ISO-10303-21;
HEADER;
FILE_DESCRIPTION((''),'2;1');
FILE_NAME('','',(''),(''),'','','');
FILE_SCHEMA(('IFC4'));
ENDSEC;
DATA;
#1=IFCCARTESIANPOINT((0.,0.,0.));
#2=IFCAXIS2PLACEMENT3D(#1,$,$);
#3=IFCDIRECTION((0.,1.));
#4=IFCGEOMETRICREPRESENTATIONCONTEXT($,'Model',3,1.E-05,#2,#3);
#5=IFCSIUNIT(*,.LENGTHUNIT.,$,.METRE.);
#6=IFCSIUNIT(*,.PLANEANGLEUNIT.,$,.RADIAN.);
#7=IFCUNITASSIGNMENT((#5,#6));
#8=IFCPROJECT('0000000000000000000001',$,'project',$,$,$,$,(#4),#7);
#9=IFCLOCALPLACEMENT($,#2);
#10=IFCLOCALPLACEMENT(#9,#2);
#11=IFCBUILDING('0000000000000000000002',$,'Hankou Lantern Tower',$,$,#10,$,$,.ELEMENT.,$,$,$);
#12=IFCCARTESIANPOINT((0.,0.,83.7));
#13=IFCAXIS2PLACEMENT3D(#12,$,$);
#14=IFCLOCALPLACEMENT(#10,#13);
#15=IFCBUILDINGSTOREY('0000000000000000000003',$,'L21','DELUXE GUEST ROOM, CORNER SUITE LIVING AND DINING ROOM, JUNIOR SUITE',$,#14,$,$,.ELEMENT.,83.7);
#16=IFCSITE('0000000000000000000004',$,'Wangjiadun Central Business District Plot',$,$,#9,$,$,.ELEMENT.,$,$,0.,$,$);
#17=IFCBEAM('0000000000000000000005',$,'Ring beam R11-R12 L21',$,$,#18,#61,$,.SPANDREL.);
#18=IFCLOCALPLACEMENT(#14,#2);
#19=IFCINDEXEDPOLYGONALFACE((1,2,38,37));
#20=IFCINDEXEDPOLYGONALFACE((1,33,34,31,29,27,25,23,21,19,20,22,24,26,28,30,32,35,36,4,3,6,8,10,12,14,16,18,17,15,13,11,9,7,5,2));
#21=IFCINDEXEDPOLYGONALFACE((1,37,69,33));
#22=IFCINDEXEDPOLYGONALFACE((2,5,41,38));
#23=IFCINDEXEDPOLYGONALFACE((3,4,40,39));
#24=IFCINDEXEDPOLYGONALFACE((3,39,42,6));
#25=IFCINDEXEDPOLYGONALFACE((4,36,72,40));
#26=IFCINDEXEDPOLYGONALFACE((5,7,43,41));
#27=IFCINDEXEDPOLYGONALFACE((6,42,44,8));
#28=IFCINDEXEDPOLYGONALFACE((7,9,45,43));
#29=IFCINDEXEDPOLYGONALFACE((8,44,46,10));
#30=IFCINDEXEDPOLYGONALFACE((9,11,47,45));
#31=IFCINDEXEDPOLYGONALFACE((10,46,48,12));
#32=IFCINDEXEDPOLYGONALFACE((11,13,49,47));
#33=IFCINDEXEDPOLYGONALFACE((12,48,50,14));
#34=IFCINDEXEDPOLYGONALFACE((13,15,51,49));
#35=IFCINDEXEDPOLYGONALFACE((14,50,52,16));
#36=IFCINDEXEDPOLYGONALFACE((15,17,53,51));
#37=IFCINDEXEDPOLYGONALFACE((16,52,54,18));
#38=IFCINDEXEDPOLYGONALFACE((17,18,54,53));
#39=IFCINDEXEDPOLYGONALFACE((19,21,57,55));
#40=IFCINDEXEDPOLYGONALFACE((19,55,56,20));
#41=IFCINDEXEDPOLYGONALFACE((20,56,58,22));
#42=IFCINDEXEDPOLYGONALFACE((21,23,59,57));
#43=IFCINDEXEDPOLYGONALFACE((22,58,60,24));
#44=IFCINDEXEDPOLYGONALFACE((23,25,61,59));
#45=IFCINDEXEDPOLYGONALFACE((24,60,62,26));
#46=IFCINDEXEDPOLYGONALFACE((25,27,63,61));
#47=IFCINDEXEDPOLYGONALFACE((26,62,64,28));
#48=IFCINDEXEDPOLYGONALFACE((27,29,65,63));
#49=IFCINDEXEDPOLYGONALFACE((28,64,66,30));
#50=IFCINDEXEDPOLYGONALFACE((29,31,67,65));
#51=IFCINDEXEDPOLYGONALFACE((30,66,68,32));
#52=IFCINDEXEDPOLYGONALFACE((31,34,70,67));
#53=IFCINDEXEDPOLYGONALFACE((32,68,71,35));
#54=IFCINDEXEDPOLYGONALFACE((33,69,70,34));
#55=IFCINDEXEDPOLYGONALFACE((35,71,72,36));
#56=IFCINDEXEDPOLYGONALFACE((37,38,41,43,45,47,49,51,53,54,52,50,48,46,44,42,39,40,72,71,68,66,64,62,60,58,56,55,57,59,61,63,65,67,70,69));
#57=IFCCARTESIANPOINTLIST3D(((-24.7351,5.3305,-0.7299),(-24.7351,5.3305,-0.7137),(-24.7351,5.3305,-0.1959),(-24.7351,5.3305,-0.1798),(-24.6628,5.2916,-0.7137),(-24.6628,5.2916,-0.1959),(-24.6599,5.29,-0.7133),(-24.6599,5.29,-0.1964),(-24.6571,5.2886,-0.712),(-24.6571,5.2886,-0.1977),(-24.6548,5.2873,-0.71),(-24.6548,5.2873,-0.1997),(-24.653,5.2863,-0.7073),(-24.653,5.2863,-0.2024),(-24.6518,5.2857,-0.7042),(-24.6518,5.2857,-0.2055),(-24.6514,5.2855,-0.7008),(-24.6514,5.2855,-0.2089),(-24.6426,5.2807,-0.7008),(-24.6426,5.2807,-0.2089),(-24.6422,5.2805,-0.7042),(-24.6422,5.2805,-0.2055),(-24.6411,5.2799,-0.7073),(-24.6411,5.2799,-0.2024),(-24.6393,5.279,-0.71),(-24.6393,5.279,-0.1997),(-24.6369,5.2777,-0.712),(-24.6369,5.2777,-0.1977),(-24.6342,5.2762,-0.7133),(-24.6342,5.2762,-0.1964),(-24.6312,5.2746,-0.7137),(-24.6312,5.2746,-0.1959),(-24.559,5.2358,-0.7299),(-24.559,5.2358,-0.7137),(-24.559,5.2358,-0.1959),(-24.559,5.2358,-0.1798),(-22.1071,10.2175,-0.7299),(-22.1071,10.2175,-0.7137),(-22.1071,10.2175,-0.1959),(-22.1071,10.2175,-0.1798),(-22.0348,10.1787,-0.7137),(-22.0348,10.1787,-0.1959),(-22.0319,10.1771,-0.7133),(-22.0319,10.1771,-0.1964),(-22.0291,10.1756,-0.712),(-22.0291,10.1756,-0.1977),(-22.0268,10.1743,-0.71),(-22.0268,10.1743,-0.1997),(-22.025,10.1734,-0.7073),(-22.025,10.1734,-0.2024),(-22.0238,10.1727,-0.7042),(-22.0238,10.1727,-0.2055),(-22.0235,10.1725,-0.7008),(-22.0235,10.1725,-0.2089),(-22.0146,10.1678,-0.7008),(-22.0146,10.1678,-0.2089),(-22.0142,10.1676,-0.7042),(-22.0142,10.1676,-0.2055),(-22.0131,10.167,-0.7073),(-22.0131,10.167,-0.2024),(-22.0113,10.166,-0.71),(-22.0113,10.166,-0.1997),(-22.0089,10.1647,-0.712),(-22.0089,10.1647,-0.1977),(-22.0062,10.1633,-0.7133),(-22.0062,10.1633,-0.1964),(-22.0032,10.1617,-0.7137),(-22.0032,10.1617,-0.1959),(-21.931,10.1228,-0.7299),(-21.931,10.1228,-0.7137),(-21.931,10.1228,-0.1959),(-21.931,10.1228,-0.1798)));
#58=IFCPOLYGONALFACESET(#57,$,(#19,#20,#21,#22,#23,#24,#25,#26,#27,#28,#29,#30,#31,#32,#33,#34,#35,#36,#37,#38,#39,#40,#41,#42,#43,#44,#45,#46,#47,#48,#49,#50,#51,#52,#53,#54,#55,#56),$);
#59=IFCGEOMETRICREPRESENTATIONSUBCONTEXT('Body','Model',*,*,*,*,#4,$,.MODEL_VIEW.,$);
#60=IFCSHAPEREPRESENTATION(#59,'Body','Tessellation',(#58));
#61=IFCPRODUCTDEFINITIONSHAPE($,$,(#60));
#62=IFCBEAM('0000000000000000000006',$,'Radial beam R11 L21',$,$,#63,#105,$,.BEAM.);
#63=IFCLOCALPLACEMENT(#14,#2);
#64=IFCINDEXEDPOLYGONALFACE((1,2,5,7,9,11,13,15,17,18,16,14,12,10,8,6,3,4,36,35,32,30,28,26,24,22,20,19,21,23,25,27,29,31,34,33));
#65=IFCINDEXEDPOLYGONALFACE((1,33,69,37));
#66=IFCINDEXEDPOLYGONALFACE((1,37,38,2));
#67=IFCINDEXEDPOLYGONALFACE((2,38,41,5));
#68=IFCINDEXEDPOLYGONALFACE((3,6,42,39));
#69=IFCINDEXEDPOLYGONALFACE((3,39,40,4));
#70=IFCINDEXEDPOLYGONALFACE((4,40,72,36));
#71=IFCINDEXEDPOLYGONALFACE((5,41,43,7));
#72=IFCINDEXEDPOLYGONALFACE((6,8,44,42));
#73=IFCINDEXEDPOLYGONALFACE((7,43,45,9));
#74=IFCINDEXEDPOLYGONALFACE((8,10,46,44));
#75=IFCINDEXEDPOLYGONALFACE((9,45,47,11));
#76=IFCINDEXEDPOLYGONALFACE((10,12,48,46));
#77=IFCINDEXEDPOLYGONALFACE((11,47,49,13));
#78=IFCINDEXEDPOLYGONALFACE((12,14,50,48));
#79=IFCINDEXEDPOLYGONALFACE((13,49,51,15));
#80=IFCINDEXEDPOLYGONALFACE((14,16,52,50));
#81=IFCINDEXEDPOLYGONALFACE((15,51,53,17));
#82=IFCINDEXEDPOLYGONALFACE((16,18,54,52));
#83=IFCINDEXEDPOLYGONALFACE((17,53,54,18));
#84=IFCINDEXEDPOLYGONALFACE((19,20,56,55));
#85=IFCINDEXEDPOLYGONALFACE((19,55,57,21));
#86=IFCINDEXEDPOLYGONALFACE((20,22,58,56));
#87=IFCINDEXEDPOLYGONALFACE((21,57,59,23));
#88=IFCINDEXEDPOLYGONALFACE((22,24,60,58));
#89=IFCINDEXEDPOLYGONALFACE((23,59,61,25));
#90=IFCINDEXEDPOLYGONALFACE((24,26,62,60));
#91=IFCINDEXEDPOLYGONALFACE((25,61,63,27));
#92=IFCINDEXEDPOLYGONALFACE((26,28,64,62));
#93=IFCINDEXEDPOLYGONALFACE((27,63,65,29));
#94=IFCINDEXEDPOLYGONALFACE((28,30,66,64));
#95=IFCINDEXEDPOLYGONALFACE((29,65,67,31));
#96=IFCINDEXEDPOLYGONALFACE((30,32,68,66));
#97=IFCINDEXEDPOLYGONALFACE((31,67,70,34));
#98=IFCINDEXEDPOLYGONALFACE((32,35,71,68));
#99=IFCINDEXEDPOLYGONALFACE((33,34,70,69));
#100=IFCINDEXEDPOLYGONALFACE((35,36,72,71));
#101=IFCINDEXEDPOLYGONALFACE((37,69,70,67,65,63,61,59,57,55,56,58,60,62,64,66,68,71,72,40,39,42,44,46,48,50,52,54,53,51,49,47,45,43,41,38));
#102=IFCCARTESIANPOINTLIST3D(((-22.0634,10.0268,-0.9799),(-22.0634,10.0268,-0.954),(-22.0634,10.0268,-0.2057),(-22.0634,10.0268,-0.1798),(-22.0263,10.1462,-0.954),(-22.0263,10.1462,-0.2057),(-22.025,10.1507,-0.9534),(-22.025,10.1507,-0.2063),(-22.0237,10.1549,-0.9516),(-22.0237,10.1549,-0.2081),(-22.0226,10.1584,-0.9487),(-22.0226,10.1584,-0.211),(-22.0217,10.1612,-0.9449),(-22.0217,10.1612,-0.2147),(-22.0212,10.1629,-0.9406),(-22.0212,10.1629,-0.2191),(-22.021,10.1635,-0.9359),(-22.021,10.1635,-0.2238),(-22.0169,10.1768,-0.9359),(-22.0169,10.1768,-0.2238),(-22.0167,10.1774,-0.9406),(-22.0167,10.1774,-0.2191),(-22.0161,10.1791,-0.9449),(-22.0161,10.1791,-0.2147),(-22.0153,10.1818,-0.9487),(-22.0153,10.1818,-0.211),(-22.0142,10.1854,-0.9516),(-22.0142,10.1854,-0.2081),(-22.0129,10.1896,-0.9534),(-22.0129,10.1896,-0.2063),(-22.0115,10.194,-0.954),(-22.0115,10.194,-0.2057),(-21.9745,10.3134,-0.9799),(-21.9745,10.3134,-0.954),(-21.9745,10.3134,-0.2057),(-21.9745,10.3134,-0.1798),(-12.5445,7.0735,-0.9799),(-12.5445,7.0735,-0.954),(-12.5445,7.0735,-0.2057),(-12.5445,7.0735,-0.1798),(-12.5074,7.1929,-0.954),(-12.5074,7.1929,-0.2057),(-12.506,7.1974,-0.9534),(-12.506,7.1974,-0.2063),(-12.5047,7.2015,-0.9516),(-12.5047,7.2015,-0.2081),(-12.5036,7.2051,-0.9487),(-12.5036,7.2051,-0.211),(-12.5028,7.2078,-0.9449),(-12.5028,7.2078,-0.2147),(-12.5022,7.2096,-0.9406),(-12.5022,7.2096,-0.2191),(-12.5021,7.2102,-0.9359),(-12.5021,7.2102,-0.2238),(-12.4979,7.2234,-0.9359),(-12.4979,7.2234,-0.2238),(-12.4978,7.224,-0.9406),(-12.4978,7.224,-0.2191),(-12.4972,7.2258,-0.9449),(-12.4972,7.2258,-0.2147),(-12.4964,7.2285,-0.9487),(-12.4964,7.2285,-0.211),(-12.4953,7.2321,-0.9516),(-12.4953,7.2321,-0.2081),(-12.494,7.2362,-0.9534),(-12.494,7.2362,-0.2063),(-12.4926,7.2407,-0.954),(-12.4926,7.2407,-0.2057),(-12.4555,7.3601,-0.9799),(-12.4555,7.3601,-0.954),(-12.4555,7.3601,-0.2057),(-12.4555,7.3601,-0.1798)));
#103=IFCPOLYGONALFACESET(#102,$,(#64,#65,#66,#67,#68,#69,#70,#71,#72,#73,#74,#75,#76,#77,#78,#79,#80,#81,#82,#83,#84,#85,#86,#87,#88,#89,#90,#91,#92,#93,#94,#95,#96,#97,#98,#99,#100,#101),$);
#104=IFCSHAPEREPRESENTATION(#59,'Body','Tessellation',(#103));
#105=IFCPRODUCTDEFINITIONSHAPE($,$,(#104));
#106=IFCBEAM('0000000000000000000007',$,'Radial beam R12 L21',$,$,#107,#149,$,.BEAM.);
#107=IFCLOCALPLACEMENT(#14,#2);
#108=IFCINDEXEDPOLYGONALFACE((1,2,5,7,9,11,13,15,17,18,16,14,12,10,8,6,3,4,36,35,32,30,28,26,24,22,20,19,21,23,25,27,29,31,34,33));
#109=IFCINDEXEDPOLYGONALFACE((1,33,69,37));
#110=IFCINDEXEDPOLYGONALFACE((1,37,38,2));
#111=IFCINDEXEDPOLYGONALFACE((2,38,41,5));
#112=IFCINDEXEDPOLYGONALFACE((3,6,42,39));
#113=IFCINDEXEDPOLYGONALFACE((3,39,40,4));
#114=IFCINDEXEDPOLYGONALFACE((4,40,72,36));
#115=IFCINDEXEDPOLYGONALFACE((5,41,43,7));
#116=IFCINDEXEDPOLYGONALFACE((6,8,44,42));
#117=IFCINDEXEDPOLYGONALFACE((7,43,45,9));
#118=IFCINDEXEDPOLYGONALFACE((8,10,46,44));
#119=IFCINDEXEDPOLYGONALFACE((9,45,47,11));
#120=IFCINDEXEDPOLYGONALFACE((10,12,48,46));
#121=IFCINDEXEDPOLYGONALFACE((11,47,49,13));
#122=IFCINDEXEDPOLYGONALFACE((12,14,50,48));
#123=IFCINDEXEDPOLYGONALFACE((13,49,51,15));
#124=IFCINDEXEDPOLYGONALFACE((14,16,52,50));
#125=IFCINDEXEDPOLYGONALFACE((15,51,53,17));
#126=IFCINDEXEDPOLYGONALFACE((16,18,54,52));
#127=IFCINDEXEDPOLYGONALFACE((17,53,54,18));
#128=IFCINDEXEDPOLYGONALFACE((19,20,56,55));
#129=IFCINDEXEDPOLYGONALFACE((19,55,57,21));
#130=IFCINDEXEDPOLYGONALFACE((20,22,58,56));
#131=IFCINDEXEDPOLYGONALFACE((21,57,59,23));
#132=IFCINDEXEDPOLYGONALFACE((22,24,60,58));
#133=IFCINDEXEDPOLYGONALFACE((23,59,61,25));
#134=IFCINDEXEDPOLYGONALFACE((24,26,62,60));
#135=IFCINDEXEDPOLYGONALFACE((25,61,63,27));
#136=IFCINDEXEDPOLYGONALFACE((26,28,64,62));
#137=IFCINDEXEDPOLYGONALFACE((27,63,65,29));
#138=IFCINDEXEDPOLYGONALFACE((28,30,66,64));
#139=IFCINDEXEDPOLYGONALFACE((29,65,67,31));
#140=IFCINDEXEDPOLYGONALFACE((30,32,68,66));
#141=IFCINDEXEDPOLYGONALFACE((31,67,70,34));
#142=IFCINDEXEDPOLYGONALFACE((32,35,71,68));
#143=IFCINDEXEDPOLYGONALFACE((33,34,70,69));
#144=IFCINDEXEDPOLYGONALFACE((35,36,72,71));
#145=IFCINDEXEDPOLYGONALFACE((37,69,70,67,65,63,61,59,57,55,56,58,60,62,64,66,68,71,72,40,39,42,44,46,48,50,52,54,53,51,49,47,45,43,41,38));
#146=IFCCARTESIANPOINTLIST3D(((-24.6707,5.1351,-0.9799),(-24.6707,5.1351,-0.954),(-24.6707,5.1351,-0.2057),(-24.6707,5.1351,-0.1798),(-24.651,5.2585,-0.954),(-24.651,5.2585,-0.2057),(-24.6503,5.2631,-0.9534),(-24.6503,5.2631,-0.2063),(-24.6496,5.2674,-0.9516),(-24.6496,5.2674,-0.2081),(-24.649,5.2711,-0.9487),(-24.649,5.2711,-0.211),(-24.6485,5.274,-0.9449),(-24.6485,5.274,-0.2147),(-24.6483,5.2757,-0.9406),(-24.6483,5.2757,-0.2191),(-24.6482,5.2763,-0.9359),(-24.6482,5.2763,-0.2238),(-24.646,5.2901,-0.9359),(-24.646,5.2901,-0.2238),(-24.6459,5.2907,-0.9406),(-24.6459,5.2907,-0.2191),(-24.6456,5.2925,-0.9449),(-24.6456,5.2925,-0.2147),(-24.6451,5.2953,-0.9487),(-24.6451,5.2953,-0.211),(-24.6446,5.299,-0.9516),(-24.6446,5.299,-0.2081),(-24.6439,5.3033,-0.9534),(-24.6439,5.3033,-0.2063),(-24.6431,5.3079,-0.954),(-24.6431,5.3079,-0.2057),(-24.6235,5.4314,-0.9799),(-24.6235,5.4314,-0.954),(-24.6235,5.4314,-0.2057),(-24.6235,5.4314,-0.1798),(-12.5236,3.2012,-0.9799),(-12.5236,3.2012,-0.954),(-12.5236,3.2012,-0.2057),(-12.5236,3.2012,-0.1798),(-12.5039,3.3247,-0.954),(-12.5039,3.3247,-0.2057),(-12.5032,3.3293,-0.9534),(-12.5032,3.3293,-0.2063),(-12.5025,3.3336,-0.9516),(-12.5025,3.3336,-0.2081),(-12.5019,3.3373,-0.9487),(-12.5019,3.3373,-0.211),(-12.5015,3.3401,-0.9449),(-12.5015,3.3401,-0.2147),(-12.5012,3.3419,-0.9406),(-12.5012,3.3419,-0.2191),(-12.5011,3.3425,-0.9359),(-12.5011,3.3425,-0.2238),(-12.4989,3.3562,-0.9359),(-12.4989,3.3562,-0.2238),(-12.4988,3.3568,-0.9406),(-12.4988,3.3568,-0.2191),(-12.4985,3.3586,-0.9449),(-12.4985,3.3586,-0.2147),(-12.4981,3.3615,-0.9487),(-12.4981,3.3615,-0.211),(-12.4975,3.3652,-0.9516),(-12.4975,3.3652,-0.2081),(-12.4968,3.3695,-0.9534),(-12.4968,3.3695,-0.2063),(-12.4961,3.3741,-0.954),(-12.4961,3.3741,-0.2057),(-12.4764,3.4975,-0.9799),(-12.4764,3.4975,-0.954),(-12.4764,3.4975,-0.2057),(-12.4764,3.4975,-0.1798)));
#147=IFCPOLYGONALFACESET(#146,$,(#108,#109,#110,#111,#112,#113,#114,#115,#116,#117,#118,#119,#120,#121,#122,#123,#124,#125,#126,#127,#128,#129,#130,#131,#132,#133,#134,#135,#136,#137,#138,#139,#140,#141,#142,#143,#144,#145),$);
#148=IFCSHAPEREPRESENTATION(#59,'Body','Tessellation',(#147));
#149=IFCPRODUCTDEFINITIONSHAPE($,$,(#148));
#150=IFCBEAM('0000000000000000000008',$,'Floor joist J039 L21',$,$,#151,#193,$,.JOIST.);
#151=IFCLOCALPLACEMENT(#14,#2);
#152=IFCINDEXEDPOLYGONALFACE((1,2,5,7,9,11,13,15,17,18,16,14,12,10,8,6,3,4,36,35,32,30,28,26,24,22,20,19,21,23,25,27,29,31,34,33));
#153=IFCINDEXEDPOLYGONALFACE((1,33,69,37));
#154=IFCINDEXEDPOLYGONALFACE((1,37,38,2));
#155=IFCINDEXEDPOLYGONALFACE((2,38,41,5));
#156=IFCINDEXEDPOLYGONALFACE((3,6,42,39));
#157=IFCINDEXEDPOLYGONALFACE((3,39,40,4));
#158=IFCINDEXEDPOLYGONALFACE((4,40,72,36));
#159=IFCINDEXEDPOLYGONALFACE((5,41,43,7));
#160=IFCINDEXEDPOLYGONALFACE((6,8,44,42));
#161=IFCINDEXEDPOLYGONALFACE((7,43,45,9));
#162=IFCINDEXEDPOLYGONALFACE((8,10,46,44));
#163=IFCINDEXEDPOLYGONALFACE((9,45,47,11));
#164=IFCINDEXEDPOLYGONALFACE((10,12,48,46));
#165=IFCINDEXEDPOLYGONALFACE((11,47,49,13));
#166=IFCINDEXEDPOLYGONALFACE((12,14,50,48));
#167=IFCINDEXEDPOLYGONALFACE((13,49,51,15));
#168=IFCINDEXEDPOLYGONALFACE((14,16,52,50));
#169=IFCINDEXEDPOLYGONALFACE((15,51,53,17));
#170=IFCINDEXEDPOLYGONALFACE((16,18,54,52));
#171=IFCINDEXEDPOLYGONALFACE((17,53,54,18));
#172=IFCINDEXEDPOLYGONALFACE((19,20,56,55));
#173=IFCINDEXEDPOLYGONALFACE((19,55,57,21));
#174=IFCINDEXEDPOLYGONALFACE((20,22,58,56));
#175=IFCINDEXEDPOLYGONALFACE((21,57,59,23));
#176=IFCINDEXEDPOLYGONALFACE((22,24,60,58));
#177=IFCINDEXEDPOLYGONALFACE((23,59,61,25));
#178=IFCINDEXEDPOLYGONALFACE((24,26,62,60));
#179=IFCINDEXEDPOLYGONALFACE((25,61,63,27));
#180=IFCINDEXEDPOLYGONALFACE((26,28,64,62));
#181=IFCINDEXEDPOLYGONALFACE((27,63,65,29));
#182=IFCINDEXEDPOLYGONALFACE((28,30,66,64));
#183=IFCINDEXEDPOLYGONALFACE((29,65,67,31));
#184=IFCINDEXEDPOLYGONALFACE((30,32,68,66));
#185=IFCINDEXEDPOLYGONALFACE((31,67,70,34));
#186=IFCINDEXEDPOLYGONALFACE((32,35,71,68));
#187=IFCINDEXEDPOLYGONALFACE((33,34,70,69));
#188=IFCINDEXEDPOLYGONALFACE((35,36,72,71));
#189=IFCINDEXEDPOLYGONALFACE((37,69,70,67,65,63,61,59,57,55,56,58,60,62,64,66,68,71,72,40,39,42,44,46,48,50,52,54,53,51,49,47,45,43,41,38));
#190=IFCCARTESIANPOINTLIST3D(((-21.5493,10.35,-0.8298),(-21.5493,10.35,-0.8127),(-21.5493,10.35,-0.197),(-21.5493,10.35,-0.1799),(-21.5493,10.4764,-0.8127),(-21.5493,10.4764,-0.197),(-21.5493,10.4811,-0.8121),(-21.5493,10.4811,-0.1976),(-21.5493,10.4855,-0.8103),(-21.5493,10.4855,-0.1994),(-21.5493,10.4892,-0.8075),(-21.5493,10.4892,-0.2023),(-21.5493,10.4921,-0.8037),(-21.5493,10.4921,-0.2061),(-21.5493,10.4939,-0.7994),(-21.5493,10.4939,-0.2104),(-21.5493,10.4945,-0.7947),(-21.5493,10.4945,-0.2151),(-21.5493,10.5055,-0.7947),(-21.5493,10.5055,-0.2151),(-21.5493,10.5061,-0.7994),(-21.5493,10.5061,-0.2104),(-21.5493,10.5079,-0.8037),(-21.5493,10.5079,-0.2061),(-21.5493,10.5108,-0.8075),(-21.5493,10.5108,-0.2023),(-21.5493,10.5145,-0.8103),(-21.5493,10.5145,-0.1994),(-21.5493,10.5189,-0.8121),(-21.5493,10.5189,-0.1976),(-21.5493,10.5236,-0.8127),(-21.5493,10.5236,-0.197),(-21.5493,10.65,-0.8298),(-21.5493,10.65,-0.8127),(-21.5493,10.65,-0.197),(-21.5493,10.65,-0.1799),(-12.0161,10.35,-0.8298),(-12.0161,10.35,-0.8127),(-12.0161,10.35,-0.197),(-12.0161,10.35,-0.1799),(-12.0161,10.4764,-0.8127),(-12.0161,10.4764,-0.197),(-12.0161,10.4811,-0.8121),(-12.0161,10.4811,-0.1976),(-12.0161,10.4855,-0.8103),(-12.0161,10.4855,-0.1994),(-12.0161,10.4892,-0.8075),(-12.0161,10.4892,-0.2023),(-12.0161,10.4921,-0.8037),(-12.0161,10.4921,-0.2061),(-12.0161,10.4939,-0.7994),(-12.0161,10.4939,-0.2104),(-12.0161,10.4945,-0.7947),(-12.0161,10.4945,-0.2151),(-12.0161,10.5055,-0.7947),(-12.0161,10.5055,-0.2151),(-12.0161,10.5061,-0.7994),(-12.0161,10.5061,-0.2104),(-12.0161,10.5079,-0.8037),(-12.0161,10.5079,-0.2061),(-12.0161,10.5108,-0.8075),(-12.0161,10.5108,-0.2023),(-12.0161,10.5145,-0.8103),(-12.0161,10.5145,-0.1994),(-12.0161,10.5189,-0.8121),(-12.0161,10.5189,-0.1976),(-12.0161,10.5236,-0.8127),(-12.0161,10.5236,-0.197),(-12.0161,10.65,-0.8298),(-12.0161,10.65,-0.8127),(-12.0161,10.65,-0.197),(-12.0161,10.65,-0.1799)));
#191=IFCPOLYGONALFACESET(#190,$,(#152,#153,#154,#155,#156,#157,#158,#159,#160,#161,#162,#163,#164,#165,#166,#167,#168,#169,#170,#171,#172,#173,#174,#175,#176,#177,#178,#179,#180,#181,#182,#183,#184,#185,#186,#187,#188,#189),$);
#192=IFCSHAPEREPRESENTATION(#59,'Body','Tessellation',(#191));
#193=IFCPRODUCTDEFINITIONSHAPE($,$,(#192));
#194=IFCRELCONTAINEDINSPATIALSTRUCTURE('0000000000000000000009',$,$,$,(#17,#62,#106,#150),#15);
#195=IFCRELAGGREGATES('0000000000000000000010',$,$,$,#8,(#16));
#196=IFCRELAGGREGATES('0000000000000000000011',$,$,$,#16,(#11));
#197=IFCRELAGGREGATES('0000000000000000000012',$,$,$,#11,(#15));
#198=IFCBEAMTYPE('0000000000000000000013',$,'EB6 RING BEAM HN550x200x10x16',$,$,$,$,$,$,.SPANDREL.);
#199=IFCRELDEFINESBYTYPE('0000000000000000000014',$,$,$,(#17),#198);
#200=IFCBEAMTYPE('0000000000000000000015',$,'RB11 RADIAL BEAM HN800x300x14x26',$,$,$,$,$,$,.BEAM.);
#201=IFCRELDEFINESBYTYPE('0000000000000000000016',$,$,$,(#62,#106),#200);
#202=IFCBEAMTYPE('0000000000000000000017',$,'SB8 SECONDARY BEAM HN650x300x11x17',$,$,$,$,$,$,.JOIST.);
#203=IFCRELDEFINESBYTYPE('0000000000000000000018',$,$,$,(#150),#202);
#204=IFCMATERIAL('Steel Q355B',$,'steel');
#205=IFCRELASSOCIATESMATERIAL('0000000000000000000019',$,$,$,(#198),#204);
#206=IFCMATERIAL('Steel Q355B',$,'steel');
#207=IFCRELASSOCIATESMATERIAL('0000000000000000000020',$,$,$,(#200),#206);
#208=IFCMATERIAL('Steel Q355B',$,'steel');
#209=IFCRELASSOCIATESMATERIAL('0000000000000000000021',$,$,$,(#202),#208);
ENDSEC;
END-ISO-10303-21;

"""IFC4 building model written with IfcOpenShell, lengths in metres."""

from ifc_helpers import new_model, si_unit, direction, frame, origin, origin_2d, place, context, subcontext, project, spatial, i_section, extrude, material, material_profile, profile_set, type_object, element, save


model = new_model("IFC4")

# Units and contexts
model_context = context("Model", 3, precision=1e-05, world=origin(), true_north=direction((0.0, 1.0)))
body_context = subcontext(model_context, "Body", "Model", "MODEL_VIEW")
ifc_project = project(units=[si_unit("LENGTHUNIT", "METRE"), si_unit("PLANEANGLEUNIT", "RADIAN")], contexts=[model_context])

# Site, building, storey
site_placement = place(None, origin())
site = spatial("IfcSite", under=ifc_project, at=site_placement, Name="Wangjiadun Central Business District Plot", CompositionType="ELEMENT", RefElevation=0.0)
building_placement = place(site_placement, origin())
building = spatial("IfcBuilding", under=site, at=building_placement, Name="Hankou Lantern Tower", CompositionType="ELEMENT")
storey_placement = place(building_placement, frame((0.0, 0.0, 83.7)))
storey = spatial("IfcBuildingStorey", under=building, at=storey_placement, Name="L21", Description="DELUXE GUEST ROOM, CORNER SUITE LIVING AND DINING ROOM, JUNIOR SUITE", CompositionType="ELEMENT", Elevation=83.7)

# Beams
ifc_material_1 = material(Name="Steel Q355B", Category="steel")
ifc_material_profile_1 = material_profile(ifc_material_1, i_section(OverallWidth=0.2, OverallDepth=0.55, WebThickness=0.01, FlangeThickness=0.0161, FilletRadius=0.0129, at=origin_2d()), Name="HN550x200x10x16")
ifc_profile_set_1 = profile_set([ifc_material_profile_1], Name="Steel Q355B")
beam_type_1 = type_object("IfcBeamType", Name="EB6 RING BEAM HN550x200x10x16", PredefinedType="SPANDREL", material=ifc_profile_set_1)
beam_1_placement = place(storey_placement, frame((-22.019, 10.1702, -0.4548), z_axis=(-0.473609, -0.880735, 0.0), x_axis=(0.880735, -0.473609, 0.0)))
element("IfcBeam", 1, at=beam_1_placement, inside=storey, type_object=beam_type_1, Name="Ring beam R11-R12 L21", PredefinedType="SPANDREL", context=body_context, shape_type="SweptSolid", body=[
    extrude(i_section(OverallWidth=0.2, OverallDepth=0.55, WebThickness=0.01, FlangeThickness=0.0161, FilletRadius=0.0129, at=origin_2d()), origin(), (0.0, 0.0, 1.0), 5.5488),
])
ifc_material_2 = material(Name="Steel Q355B", Category="steel")
ifc_material_profile_2 = material_profile(ifc_material_2, i_section(OverallWidth=0.3, OverallDepth=0.8, WebThickness=0.0139, FlangeThickness=0.0259, FilletRadius=0.0181, at=origin_2d()), Name="HN800x300x14x26")
ifc_profile_set_2 = profile_set([ifc_material_profile_2], Name="Steel Q355B")
beam_type_2 = type_object("IfcBeamType", Name="RB11 RADIAL BEAM HN800x300x14x26", PredefinedType="BEAM", material=ifc_profile_set_2)
beam_2_placement = place(storey_placement, frame((-12.5, 7.2168, -0.5798), z_axis=(-0.955087, 0.296324, 0.0), x_axis=(-0.296324, -0.955087, 0.0)))
element("IfcBeam", 2, at=beam_2_placement, inside=storey, type_object=beam_type_2, Name="Radial beam R11 L21", PredefinedType="BEAM", context=body_context, shape_type="SweptSolid", body=[
    extrude(i_section(OverallWidth=0.3, OverallDepth=0.8, WebThickness=0.0139, FlangeThickness=0.0259, FilletRadius=0.0181, at=origin_2d()), origin(), (0.0, 0.0, 1.0), 9.9666),
])
beam_3_placement = place(storey_placement, frame((-12.5, 3.3494, -0.5798), z_axis=(-0.987563, 0.157223, 0.0), x_axis=(-0.157223, -0.987563, 0.0)))
element("IfcBeam", 3, at=beam_3_placement, inside=storey, type_object=beam_type_2, Name="Radial beam R12 L21", PredefinedType="BEAM", context=body_context, shape_type="SweptSolid", body=[
    extrude(i_section(OverallWidth=0.3, OverallDepth=0.8, WebThickness=0.0139, FlangeThickness=0.0259, FilletRadius=0.0181, at=origin_2d()), origin(), (0.0, 0.0, 1.0), 12.3),
])
ifc_material_3 = material(Name="Steel Q355B", Category="steel")
ifc_material_profile_3 = material_profile(ifc_material_3, i_section(OverallWidth=0.3, OverallDepth=0.6499, WebThickness=0.011, FlangeThickness=0.0171, FilletRadius=0.0181, at=origin_2d()), Name="HN650x300x11x17")
ifc_profile_set_3 = profile_set([ifc_material_profile_3], Name="Steel Q355B")
beam_type_3 = type_object("IfcBeamType", Name="SB8 SECONDARY BEAM HN650x300x11x17", PredefinedType="JOIST", material=ifc_profile_set_3)
beam_4_placement = place(storey_placement, frame((-21.5493, 10.5, -0.5049), z_axis=(1.0, 0.0, 0.0), x_axis=(0.0, 1.0, 0.0)))
element("IfcBeam", 4, at=beam_4_placement, inside=storey, type_object=beam_type_3, Name="Floor joist J039 L21", PredefinedType="JOIST", context=body_context, shape_type="SweptSolid", body=[
    extrude(i_section(OverallWidth=0.3, OverallDepth=0.6499, WebThickness=0.011, FlangeThickness=0.0171, FilletRadius=0.0181, at=origin_2d()), origin(), (0.0, 0.0, 1.0), 9.5332),
])

save(model, "model.ifc")
